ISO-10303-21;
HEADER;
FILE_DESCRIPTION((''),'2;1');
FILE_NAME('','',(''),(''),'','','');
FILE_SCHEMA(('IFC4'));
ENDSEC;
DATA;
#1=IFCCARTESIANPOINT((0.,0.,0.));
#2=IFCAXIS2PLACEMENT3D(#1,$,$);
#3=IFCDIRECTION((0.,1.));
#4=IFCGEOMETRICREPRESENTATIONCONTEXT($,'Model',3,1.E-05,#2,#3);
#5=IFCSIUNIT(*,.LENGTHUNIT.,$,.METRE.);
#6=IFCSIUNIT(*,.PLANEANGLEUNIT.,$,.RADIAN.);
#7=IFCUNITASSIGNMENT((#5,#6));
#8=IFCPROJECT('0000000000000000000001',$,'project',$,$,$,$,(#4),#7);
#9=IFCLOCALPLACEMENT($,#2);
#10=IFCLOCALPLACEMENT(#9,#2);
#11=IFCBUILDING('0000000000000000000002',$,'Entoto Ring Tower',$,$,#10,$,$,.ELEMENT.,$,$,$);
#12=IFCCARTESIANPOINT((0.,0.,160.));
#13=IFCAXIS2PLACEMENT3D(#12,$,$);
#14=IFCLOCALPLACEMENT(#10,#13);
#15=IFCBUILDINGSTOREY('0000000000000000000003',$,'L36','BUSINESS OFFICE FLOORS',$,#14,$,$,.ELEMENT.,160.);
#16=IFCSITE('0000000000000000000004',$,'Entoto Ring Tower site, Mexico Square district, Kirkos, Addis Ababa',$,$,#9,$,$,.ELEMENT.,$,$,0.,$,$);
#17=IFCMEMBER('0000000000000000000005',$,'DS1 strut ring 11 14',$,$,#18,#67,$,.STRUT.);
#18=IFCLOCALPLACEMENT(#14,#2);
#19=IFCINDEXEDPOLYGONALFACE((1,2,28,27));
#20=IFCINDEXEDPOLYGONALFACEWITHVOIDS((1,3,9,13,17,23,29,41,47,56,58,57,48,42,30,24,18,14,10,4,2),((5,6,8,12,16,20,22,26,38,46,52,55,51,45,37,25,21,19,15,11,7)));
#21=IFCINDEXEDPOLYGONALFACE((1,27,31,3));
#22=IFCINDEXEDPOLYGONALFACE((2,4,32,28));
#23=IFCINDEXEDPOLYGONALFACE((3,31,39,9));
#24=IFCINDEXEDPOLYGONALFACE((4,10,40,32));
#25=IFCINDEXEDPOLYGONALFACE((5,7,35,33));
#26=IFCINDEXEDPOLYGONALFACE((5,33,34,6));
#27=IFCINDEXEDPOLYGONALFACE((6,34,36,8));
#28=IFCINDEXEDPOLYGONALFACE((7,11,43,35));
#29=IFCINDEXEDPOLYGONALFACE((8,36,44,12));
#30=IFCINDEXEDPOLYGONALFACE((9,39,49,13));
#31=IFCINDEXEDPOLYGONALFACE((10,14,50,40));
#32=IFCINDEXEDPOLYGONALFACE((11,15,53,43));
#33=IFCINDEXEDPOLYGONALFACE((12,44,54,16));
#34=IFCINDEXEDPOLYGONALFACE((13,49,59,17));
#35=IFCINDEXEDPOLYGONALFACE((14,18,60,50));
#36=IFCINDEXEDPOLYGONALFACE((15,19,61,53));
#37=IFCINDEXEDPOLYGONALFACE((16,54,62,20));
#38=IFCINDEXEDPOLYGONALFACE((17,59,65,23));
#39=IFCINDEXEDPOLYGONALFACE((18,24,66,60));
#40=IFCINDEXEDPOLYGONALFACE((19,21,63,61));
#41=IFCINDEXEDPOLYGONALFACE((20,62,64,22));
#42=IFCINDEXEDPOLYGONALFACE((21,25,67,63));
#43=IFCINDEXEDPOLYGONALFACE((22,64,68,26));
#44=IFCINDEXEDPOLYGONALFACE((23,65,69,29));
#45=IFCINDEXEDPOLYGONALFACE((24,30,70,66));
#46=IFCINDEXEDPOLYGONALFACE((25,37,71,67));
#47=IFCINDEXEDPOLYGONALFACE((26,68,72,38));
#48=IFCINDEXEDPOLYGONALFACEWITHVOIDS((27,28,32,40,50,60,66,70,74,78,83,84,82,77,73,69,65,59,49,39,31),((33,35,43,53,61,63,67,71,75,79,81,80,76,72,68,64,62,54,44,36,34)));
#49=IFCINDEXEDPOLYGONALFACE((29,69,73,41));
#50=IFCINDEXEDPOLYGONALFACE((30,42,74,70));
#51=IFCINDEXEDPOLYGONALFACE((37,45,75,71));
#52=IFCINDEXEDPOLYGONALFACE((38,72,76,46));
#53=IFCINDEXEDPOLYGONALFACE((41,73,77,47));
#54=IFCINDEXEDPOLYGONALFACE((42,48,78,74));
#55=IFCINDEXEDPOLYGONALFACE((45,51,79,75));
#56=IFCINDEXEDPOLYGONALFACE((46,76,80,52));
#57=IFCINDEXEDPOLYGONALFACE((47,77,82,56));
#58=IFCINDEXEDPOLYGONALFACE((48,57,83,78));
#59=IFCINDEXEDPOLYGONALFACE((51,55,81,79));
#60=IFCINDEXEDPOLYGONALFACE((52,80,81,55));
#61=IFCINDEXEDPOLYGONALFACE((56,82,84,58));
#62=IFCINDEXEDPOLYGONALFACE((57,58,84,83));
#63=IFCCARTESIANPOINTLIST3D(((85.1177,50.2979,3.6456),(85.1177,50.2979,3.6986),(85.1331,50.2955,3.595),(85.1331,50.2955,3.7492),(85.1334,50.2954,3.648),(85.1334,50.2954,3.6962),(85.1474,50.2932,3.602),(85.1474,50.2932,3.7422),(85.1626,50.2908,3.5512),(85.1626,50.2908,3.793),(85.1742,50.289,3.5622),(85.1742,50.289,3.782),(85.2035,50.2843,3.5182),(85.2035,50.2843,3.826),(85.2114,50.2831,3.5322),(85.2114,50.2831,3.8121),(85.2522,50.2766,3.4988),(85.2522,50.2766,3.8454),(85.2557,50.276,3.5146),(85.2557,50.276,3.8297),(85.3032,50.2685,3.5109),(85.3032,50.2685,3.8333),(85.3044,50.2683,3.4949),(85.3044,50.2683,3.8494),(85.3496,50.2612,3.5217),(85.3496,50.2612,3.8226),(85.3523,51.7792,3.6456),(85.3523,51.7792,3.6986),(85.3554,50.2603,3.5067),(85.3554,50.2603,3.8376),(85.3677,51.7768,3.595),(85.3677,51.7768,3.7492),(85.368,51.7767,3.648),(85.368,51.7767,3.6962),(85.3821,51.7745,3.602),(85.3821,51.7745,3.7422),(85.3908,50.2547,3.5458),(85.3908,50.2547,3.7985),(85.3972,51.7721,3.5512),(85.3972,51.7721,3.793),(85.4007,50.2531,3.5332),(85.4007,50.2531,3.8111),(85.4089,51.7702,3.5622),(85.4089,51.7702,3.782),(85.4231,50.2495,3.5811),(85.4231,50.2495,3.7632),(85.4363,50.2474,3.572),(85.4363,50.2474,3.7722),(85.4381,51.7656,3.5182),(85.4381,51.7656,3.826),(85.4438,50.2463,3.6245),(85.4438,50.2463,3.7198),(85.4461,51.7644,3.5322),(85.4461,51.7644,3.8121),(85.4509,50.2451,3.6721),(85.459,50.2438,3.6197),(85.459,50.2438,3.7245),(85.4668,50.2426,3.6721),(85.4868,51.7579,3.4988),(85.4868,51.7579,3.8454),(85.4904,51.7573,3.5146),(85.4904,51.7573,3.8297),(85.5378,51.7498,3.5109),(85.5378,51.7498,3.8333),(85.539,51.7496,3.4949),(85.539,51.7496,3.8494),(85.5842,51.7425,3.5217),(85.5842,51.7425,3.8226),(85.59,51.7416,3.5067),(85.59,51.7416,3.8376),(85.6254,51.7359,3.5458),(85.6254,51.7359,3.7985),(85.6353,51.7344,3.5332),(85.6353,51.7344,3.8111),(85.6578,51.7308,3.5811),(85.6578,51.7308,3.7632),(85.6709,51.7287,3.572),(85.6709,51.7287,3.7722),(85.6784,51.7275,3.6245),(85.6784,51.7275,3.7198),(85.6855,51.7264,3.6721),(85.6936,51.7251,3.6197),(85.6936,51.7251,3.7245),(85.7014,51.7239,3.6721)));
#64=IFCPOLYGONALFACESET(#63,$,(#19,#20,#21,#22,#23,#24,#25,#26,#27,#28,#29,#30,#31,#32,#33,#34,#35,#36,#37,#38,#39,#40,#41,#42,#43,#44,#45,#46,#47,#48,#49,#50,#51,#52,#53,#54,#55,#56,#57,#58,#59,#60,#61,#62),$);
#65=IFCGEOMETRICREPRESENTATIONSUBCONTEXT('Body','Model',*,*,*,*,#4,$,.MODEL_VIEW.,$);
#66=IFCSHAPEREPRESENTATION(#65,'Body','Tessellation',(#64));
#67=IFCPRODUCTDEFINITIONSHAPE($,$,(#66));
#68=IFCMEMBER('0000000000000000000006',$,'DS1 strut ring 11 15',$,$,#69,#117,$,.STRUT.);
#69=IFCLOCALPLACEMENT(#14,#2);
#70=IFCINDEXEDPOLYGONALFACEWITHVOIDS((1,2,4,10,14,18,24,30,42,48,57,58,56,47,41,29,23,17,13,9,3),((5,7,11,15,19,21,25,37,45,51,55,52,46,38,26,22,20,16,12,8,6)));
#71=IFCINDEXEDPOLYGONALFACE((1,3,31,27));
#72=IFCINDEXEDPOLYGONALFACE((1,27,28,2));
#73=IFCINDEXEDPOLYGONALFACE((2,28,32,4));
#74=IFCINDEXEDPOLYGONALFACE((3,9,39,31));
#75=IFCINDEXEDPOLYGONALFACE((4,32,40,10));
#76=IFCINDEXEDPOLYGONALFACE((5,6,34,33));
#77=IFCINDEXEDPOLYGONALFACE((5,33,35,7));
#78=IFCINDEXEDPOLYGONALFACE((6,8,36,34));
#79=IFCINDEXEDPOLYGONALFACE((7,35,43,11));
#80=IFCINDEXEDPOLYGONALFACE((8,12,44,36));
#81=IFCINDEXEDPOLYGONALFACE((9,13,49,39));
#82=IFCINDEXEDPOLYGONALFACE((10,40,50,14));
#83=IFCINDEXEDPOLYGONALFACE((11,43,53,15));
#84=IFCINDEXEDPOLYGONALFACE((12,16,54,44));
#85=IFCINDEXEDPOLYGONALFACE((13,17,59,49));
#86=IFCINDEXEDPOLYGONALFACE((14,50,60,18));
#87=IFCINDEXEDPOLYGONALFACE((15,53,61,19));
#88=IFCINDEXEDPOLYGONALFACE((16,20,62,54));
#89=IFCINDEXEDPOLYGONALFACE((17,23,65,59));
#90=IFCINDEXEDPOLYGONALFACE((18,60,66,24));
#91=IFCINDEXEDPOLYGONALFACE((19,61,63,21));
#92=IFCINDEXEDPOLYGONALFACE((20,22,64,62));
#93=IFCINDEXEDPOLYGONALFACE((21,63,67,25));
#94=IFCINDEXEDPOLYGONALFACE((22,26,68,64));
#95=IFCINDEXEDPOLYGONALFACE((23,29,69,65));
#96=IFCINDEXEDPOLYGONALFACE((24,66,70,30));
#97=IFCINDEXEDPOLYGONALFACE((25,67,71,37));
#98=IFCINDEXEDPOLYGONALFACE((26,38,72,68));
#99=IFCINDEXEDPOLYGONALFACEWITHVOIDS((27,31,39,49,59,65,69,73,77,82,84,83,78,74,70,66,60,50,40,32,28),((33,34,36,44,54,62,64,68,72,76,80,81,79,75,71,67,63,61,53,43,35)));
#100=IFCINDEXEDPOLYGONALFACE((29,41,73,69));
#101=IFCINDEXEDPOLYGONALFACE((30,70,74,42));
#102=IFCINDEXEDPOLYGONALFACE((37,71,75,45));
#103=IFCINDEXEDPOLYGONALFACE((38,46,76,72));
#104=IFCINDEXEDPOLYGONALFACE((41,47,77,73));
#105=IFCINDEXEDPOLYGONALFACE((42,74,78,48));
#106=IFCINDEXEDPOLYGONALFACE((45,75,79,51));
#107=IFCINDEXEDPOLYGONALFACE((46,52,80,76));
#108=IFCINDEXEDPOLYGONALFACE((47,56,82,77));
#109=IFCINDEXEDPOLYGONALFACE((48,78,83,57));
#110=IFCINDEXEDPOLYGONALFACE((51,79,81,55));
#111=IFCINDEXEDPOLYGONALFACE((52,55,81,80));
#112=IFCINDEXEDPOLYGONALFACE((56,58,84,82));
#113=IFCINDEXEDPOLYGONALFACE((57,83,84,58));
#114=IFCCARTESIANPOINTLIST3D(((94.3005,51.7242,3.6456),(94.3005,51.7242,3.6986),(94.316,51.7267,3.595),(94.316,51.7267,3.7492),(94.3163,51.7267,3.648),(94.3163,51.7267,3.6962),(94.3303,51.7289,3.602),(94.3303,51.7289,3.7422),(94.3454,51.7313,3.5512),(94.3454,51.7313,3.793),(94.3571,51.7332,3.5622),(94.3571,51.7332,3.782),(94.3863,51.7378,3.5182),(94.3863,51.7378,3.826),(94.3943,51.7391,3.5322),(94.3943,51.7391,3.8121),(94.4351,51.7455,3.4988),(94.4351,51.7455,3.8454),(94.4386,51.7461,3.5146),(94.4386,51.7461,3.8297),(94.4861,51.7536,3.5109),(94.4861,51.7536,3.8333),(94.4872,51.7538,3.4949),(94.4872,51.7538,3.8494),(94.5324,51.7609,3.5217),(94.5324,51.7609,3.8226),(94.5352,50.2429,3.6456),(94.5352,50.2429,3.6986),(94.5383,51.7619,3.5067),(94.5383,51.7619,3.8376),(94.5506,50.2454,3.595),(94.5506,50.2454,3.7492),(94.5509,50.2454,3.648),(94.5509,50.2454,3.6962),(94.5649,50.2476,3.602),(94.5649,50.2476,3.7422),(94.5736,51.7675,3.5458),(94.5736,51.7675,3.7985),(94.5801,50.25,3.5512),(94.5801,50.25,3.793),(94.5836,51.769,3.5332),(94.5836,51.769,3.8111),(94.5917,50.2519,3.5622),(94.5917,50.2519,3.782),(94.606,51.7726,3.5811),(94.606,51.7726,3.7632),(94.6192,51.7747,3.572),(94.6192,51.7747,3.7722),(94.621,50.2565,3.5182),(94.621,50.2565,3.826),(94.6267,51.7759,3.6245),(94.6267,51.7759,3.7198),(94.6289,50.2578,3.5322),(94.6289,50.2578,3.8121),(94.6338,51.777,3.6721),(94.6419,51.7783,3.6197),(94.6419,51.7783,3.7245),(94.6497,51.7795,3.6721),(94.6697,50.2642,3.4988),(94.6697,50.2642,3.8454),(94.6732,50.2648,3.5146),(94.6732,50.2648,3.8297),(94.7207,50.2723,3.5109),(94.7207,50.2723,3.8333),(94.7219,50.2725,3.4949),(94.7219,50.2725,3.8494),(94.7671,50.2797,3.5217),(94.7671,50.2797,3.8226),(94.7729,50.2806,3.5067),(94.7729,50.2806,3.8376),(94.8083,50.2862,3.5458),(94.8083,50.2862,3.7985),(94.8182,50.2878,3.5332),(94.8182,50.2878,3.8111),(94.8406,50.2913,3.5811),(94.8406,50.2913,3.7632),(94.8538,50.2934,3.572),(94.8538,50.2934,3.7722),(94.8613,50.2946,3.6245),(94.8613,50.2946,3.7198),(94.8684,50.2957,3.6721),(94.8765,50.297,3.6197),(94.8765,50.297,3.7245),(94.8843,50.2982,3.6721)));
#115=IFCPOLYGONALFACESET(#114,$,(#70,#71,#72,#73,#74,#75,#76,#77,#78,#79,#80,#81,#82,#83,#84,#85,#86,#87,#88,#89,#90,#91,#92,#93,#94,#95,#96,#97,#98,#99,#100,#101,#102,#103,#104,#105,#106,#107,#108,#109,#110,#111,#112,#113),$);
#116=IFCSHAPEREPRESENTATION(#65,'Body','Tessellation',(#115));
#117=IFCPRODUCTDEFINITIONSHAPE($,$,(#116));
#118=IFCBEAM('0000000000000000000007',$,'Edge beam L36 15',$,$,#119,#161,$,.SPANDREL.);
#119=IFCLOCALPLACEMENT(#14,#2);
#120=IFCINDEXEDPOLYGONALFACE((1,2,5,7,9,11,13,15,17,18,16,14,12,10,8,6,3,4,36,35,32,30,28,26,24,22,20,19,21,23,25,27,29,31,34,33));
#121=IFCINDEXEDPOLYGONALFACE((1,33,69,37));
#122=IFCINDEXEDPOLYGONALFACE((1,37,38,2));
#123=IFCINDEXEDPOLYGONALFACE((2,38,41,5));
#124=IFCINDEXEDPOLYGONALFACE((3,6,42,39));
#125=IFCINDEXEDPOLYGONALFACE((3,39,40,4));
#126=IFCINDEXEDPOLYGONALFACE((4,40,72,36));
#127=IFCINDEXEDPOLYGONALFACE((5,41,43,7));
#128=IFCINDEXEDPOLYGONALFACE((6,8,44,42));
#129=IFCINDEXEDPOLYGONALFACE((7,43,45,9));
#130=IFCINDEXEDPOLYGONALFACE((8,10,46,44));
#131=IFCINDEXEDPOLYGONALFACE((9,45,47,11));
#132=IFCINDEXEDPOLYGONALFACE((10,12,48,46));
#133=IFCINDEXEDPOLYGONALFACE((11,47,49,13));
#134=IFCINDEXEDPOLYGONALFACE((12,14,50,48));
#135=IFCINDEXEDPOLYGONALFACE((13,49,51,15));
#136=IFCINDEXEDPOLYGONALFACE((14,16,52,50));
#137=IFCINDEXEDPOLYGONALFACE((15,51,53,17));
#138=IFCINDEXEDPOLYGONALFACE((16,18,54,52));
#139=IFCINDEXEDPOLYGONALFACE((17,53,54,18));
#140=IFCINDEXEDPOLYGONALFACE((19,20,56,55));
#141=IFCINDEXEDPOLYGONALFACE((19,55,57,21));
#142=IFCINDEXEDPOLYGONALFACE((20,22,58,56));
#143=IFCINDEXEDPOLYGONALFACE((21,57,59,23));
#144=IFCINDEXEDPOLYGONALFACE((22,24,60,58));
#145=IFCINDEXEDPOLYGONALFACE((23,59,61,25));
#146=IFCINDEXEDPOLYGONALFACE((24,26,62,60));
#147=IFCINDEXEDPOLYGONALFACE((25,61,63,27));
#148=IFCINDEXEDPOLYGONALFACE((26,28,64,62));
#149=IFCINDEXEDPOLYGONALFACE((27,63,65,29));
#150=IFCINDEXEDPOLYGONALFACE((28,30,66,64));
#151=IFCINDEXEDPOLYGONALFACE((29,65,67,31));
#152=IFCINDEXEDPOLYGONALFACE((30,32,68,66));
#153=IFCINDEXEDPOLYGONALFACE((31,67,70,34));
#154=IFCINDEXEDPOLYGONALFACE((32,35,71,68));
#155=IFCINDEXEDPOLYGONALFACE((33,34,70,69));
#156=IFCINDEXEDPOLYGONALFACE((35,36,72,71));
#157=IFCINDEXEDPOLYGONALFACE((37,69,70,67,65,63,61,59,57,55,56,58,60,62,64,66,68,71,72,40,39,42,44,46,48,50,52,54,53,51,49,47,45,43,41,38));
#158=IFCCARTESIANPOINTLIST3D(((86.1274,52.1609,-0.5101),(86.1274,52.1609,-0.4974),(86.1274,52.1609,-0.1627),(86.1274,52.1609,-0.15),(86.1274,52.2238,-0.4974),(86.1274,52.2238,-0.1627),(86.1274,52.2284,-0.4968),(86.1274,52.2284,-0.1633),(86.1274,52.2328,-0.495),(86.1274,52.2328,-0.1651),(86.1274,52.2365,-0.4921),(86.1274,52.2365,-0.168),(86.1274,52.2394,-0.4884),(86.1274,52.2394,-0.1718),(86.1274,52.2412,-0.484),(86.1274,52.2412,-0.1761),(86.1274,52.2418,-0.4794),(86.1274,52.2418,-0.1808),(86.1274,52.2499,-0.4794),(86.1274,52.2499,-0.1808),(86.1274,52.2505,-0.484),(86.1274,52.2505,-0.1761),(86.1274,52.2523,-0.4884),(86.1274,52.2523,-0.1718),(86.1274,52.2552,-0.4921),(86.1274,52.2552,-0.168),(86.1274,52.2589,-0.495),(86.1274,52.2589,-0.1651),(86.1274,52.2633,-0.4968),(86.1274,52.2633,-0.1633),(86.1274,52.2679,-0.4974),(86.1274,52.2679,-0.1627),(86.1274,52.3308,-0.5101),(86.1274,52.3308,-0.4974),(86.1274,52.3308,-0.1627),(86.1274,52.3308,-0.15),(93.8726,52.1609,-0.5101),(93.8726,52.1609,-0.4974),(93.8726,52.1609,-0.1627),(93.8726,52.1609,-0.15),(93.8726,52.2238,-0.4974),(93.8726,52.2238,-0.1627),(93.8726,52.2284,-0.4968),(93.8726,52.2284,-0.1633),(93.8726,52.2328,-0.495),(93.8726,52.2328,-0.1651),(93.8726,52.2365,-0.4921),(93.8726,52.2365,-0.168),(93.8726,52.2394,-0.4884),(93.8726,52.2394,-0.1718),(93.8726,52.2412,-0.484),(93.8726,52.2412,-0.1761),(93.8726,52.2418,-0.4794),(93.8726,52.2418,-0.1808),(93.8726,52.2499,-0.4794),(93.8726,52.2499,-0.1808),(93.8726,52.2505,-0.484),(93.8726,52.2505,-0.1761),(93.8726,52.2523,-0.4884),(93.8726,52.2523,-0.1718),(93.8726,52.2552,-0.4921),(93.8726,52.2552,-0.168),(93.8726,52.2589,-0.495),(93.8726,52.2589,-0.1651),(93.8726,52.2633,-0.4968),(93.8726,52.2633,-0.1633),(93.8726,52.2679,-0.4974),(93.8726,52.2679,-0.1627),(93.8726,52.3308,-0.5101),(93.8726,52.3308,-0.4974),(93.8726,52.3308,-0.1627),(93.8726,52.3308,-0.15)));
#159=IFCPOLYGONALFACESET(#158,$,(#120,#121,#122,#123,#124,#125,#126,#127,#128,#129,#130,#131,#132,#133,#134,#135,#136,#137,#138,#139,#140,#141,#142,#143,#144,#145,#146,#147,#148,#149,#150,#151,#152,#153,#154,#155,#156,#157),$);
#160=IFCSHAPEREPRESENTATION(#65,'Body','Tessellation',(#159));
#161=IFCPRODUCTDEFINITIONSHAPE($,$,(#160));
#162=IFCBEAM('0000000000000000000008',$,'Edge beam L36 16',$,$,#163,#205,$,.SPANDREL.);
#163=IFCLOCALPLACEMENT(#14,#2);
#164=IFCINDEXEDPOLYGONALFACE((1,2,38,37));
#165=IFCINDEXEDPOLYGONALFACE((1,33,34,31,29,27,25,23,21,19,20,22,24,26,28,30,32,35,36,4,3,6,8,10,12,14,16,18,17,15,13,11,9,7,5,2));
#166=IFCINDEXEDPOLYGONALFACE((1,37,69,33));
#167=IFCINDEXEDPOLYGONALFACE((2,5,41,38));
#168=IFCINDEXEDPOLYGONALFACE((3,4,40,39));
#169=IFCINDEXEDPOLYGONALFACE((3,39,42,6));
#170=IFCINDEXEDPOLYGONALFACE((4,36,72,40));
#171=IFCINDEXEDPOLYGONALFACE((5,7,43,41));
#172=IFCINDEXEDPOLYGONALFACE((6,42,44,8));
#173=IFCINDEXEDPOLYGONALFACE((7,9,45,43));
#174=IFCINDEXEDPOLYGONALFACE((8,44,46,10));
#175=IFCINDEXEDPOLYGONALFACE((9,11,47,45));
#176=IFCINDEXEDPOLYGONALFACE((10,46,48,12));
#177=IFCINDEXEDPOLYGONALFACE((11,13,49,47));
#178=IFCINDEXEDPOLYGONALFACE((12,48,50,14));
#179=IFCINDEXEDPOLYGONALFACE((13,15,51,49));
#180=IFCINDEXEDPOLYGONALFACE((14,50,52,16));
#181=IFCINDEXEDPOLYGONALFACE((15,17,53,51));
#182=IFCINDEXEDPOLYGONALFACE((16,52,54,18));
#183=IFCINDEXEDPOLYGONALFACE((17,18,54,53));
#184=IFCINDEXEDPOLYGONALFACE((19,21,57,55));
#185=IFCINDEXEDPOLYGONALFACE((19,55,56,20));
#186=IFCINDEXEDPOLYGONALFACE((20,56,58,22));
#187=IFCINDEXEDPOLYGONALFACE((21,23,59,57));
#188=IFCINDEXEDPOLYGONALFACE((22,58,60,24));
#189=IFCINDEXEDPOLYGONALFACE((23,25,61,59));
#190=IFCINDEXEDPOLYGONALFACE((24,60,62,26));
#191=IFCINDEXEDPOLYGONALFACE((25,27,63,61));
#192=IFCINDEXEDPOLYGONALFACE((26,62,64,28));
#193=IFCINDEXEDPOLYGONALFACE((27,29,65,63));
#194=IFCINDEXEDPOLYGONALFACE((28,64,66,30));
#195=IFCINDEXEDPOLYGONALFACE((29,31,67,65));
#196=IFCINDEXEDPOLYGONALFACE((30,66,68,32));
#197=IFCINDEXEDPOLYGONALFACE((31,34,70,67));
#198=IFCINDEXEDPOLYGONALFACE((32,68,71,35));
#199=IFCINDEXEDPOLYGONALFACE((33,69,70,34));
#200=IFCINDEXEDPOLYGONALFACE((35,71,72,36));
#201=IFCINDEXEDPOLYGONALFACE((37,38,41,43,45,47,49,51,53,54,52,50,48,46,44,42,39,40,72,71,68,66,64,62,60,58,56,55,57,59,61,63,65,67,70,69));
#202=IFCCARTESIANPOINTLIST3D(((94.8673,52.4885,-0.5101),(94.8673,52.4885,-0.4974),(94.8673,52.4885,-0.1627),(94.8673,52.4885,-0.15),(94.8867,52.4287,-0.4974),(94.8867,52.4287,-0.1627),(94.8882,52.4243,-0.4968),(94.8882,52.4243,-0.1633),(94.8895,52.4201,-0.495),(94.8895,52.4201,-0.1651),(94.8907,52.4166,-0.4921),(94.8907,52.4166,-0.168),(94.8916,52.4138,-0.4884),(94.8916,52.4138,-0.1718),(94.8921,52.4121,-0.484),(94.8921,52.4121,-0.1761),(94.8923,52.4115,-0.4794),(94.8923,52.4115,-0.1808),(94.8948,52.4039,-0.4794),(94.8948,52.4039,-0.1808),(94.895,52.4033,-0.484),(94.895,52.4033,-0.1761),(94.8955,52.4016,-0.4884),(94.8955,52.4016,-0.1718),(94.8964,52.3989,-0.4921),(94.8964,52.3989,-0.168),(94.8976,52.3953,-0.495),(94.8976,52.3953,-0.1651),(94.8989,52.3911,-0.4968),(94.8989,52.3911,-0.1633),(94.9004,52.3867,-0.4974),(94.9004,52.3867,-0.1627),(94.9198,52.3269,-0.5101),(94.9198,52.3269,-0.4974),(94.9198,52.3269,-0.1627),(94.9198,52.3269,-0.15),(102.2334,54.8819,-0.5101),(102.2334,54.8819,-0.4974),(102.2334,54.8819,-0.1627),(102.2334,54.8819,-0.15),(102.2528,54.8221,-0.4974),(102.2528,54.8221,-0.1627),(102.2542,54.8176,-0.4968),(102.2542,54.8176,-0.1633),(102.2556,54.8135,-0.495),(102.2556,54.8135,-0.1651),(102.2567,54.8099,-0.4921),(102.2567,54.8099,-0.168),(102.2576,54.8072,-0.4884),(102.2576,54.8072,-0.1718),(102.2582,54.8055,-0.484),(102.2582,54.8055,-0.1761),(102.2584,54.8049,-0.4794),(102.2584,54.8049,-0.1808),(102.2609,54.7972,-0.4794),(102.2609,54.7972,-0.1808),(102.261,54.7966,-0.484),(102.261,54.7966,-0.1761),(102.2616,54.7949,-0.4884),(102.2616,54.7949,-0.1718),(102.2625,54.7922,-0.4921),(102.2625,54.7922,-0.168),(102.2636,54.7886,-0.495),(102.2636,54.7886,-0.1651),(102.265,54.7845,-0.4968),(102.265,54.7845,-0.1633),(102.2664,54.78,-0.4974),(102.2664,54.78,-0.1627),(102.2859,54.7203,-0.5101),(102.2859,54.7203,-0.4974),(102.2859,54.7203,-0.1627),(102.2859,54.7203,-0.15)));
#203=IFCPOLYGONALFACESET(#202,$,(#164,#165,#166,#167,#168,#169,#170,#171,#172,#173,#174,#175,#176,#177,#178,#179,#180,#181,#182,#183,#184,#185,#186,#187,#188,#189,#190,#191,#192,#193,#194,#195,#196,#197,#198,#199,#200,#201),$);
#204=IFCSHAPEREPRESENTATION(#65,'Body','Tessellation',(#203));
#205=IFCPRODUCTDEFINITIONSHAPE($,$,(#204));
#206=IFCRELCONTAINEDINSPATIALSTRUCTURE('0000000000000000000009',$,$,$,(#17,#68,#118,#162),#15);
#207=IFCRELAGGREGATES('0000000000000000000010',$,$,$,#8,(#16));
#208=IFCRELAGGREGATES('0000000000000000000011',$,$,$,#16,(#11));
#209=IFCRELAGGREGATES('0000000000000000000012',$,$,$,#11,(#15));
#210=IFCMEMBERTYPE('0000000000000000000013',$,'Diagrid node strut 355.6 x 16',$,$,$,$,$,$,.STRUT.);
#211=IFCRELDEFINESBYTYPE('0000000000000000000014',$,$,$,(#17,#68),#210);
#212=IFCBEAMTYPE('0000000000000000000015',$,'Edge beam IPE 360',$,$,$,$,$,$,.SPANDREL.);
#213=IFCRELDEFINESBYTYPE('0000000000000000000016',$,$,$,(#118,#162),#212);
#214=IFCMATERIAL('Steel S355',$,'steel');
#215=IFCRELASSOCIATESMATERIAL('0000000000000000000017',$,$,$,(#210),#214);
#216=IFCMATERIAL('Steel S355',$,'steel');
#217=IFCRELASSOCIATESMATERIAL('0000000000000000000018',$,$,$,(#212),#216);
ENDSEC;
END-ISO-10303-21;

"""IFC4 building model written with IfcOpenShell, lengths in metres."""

from ifc_helpers import new_model, si_unit, direction, frame, origin, origin_2d, place, context, subcontext, project, spatial, circle, hollow_circle, i_section, extrude, material, material_profile, profile_set, type_object, element, save


model = new_model("IFC4")

# Units and contexts
model_context = context("Model", 3, precision=1e-05, world=origin(), true_north=direction((0.0, 1.0)))
body_context = subcontext(model_context, "Body", "Model", "MODEL_VIEW")
ifc_project = project(units=[si_unit("LENGTHUNIT", "METRE"), si_unit("PLANEANGLEUNIT", "RADIAN")], contexts=[model_context])

# Site, building, storey
site_placement = place(None, origin())
site = spatial("IfcSite", under=ifc_project, at=site_placement, Name="Entoto Ring Tower site, Mexico Square district, Kirkos, Addis Ababa", CompositionType="ELEMENT", RefElevation=0.0)
building_placement = place(site_placement, origin())
building = spatial("IfcBuilding", under=site, at=building_placement, Name="Entoto Ring Tower", CompositionType="ELEMENT")
storey_placement = place(building_placement, frame((0.0, 0.0, 160.0)))
storey = spatial("IfcBuildingStorey", under=building, at=storey_placement, Name="L36", Description="BUSINESS OFFICE FLOORS", CompositionType="ELEMENT", Elevation=160.0)

# Members
ifc_material_1 = material(Name="Steel S355", Category="steel")
ifc_material_profile_1 = material_profile(ifc_material_1, hollow_circle(Radius=0.1777, WallThickness=0.0161, at=origin_2d()), Name="CHS 355.6 x 16")
ifc_material_2 = material(Name="Concrete C60/75", Category="concrete")
ifc_material_profile_2 = material_profile(ifc_material_2, circle(Radius=0.1619, at=origin_2d()), Name="Concrete C60/75 infill")
ifc_profile_set_1 = profile_set([ifc_material_profile_1, ifc_material_profile_2], Name="Steel S355")
member_type = type_object("IfcMemberType", Name="Diagrid node strut 355.6 x 16", PredefinedType="STRUT", material=ifc_profile_set_1)
for number, where, z_axis, x_axis, name in (
    (1, (85.5259, 51.7517, 3.6721), (-0.156447, -0.987686, 0.0), (0.987686, -0.156447, 0.0), "DS1 strut ring 11 14"),
    (2, (94.4741, 51.7517, 3.6721), (0.156447, -0.987686, 0.0), (0.987686, 0.156447, 0.0), "DS1 strut ring 11 15"),
):
    element("IfcMember", number, at=place(storey_placement, frame(where, z_axis=z_axis, x_axis=x_axis)), inside=storey, type_object=member_type, Name=name, PredefinedType="STRUT", context=body_context, shape_type="SweptSolid", body=[
        extrude(hollow_circle(Radius=0.1777, WallThickness=0.0161, at=origin_2d()), origin(), (0.0, 0.0, 1.0), 1.4998),
    ])

# Beams
ifc_material_3 = material(Name="Steel S355", Category="steel")
ifc_material_profile_3 = material_profile(ifc_material_3, i_section(OverallWidth=0.1699, OverallDepth=0.3601, WebThickness=0.0081, FlangeThickness=0.0127, FilletRadius=0.0181, at=origin_2d()), Name="IPE 360")
ifc_profile_set_2 = profile_set([ifc_material_profile_3], Name="Steel S355")
beam_type_1 = type_object("IfcBeamType", Name="Edge beam IPE 360", PredefinedType="SPANDREL", material=ifc_profile_set_2)
for number, where, z_axis, x_axis, name in (
    (3, (86.1274, 52.2458, -0.3301), (1.0, 0.0, 0.0), (0.0, 1.0, 0.0), "Edge beam L36 15"),
    (4, (94.8936, 52.4077, -0.3301), (0.951058, 0.309013, 0.0), (-0.309013, 0.951058, 0.0), "Edge beam L36 16"),
):
    element("IfcBeam", number, at=place(storey_placement, frame(where, z_axis=z_axis, x_axis=x_axis)), inside=storey, type_object=beam_type_1, Name=name, PredefinedType="SPANDREL", context=body_context, shape_type="SweptSolid", body=[
        extrude(i_section(OverallWidth=0.1699, OverallDepth=0.3601, WebThickness=0.0081, FlangeThickness=0.0127, FilletRadius=0.0181, at=origin_2d()), origin(), (0.0, 0.0, 1.0), 7.7451),
    ])

save(model, "model.ifc")
